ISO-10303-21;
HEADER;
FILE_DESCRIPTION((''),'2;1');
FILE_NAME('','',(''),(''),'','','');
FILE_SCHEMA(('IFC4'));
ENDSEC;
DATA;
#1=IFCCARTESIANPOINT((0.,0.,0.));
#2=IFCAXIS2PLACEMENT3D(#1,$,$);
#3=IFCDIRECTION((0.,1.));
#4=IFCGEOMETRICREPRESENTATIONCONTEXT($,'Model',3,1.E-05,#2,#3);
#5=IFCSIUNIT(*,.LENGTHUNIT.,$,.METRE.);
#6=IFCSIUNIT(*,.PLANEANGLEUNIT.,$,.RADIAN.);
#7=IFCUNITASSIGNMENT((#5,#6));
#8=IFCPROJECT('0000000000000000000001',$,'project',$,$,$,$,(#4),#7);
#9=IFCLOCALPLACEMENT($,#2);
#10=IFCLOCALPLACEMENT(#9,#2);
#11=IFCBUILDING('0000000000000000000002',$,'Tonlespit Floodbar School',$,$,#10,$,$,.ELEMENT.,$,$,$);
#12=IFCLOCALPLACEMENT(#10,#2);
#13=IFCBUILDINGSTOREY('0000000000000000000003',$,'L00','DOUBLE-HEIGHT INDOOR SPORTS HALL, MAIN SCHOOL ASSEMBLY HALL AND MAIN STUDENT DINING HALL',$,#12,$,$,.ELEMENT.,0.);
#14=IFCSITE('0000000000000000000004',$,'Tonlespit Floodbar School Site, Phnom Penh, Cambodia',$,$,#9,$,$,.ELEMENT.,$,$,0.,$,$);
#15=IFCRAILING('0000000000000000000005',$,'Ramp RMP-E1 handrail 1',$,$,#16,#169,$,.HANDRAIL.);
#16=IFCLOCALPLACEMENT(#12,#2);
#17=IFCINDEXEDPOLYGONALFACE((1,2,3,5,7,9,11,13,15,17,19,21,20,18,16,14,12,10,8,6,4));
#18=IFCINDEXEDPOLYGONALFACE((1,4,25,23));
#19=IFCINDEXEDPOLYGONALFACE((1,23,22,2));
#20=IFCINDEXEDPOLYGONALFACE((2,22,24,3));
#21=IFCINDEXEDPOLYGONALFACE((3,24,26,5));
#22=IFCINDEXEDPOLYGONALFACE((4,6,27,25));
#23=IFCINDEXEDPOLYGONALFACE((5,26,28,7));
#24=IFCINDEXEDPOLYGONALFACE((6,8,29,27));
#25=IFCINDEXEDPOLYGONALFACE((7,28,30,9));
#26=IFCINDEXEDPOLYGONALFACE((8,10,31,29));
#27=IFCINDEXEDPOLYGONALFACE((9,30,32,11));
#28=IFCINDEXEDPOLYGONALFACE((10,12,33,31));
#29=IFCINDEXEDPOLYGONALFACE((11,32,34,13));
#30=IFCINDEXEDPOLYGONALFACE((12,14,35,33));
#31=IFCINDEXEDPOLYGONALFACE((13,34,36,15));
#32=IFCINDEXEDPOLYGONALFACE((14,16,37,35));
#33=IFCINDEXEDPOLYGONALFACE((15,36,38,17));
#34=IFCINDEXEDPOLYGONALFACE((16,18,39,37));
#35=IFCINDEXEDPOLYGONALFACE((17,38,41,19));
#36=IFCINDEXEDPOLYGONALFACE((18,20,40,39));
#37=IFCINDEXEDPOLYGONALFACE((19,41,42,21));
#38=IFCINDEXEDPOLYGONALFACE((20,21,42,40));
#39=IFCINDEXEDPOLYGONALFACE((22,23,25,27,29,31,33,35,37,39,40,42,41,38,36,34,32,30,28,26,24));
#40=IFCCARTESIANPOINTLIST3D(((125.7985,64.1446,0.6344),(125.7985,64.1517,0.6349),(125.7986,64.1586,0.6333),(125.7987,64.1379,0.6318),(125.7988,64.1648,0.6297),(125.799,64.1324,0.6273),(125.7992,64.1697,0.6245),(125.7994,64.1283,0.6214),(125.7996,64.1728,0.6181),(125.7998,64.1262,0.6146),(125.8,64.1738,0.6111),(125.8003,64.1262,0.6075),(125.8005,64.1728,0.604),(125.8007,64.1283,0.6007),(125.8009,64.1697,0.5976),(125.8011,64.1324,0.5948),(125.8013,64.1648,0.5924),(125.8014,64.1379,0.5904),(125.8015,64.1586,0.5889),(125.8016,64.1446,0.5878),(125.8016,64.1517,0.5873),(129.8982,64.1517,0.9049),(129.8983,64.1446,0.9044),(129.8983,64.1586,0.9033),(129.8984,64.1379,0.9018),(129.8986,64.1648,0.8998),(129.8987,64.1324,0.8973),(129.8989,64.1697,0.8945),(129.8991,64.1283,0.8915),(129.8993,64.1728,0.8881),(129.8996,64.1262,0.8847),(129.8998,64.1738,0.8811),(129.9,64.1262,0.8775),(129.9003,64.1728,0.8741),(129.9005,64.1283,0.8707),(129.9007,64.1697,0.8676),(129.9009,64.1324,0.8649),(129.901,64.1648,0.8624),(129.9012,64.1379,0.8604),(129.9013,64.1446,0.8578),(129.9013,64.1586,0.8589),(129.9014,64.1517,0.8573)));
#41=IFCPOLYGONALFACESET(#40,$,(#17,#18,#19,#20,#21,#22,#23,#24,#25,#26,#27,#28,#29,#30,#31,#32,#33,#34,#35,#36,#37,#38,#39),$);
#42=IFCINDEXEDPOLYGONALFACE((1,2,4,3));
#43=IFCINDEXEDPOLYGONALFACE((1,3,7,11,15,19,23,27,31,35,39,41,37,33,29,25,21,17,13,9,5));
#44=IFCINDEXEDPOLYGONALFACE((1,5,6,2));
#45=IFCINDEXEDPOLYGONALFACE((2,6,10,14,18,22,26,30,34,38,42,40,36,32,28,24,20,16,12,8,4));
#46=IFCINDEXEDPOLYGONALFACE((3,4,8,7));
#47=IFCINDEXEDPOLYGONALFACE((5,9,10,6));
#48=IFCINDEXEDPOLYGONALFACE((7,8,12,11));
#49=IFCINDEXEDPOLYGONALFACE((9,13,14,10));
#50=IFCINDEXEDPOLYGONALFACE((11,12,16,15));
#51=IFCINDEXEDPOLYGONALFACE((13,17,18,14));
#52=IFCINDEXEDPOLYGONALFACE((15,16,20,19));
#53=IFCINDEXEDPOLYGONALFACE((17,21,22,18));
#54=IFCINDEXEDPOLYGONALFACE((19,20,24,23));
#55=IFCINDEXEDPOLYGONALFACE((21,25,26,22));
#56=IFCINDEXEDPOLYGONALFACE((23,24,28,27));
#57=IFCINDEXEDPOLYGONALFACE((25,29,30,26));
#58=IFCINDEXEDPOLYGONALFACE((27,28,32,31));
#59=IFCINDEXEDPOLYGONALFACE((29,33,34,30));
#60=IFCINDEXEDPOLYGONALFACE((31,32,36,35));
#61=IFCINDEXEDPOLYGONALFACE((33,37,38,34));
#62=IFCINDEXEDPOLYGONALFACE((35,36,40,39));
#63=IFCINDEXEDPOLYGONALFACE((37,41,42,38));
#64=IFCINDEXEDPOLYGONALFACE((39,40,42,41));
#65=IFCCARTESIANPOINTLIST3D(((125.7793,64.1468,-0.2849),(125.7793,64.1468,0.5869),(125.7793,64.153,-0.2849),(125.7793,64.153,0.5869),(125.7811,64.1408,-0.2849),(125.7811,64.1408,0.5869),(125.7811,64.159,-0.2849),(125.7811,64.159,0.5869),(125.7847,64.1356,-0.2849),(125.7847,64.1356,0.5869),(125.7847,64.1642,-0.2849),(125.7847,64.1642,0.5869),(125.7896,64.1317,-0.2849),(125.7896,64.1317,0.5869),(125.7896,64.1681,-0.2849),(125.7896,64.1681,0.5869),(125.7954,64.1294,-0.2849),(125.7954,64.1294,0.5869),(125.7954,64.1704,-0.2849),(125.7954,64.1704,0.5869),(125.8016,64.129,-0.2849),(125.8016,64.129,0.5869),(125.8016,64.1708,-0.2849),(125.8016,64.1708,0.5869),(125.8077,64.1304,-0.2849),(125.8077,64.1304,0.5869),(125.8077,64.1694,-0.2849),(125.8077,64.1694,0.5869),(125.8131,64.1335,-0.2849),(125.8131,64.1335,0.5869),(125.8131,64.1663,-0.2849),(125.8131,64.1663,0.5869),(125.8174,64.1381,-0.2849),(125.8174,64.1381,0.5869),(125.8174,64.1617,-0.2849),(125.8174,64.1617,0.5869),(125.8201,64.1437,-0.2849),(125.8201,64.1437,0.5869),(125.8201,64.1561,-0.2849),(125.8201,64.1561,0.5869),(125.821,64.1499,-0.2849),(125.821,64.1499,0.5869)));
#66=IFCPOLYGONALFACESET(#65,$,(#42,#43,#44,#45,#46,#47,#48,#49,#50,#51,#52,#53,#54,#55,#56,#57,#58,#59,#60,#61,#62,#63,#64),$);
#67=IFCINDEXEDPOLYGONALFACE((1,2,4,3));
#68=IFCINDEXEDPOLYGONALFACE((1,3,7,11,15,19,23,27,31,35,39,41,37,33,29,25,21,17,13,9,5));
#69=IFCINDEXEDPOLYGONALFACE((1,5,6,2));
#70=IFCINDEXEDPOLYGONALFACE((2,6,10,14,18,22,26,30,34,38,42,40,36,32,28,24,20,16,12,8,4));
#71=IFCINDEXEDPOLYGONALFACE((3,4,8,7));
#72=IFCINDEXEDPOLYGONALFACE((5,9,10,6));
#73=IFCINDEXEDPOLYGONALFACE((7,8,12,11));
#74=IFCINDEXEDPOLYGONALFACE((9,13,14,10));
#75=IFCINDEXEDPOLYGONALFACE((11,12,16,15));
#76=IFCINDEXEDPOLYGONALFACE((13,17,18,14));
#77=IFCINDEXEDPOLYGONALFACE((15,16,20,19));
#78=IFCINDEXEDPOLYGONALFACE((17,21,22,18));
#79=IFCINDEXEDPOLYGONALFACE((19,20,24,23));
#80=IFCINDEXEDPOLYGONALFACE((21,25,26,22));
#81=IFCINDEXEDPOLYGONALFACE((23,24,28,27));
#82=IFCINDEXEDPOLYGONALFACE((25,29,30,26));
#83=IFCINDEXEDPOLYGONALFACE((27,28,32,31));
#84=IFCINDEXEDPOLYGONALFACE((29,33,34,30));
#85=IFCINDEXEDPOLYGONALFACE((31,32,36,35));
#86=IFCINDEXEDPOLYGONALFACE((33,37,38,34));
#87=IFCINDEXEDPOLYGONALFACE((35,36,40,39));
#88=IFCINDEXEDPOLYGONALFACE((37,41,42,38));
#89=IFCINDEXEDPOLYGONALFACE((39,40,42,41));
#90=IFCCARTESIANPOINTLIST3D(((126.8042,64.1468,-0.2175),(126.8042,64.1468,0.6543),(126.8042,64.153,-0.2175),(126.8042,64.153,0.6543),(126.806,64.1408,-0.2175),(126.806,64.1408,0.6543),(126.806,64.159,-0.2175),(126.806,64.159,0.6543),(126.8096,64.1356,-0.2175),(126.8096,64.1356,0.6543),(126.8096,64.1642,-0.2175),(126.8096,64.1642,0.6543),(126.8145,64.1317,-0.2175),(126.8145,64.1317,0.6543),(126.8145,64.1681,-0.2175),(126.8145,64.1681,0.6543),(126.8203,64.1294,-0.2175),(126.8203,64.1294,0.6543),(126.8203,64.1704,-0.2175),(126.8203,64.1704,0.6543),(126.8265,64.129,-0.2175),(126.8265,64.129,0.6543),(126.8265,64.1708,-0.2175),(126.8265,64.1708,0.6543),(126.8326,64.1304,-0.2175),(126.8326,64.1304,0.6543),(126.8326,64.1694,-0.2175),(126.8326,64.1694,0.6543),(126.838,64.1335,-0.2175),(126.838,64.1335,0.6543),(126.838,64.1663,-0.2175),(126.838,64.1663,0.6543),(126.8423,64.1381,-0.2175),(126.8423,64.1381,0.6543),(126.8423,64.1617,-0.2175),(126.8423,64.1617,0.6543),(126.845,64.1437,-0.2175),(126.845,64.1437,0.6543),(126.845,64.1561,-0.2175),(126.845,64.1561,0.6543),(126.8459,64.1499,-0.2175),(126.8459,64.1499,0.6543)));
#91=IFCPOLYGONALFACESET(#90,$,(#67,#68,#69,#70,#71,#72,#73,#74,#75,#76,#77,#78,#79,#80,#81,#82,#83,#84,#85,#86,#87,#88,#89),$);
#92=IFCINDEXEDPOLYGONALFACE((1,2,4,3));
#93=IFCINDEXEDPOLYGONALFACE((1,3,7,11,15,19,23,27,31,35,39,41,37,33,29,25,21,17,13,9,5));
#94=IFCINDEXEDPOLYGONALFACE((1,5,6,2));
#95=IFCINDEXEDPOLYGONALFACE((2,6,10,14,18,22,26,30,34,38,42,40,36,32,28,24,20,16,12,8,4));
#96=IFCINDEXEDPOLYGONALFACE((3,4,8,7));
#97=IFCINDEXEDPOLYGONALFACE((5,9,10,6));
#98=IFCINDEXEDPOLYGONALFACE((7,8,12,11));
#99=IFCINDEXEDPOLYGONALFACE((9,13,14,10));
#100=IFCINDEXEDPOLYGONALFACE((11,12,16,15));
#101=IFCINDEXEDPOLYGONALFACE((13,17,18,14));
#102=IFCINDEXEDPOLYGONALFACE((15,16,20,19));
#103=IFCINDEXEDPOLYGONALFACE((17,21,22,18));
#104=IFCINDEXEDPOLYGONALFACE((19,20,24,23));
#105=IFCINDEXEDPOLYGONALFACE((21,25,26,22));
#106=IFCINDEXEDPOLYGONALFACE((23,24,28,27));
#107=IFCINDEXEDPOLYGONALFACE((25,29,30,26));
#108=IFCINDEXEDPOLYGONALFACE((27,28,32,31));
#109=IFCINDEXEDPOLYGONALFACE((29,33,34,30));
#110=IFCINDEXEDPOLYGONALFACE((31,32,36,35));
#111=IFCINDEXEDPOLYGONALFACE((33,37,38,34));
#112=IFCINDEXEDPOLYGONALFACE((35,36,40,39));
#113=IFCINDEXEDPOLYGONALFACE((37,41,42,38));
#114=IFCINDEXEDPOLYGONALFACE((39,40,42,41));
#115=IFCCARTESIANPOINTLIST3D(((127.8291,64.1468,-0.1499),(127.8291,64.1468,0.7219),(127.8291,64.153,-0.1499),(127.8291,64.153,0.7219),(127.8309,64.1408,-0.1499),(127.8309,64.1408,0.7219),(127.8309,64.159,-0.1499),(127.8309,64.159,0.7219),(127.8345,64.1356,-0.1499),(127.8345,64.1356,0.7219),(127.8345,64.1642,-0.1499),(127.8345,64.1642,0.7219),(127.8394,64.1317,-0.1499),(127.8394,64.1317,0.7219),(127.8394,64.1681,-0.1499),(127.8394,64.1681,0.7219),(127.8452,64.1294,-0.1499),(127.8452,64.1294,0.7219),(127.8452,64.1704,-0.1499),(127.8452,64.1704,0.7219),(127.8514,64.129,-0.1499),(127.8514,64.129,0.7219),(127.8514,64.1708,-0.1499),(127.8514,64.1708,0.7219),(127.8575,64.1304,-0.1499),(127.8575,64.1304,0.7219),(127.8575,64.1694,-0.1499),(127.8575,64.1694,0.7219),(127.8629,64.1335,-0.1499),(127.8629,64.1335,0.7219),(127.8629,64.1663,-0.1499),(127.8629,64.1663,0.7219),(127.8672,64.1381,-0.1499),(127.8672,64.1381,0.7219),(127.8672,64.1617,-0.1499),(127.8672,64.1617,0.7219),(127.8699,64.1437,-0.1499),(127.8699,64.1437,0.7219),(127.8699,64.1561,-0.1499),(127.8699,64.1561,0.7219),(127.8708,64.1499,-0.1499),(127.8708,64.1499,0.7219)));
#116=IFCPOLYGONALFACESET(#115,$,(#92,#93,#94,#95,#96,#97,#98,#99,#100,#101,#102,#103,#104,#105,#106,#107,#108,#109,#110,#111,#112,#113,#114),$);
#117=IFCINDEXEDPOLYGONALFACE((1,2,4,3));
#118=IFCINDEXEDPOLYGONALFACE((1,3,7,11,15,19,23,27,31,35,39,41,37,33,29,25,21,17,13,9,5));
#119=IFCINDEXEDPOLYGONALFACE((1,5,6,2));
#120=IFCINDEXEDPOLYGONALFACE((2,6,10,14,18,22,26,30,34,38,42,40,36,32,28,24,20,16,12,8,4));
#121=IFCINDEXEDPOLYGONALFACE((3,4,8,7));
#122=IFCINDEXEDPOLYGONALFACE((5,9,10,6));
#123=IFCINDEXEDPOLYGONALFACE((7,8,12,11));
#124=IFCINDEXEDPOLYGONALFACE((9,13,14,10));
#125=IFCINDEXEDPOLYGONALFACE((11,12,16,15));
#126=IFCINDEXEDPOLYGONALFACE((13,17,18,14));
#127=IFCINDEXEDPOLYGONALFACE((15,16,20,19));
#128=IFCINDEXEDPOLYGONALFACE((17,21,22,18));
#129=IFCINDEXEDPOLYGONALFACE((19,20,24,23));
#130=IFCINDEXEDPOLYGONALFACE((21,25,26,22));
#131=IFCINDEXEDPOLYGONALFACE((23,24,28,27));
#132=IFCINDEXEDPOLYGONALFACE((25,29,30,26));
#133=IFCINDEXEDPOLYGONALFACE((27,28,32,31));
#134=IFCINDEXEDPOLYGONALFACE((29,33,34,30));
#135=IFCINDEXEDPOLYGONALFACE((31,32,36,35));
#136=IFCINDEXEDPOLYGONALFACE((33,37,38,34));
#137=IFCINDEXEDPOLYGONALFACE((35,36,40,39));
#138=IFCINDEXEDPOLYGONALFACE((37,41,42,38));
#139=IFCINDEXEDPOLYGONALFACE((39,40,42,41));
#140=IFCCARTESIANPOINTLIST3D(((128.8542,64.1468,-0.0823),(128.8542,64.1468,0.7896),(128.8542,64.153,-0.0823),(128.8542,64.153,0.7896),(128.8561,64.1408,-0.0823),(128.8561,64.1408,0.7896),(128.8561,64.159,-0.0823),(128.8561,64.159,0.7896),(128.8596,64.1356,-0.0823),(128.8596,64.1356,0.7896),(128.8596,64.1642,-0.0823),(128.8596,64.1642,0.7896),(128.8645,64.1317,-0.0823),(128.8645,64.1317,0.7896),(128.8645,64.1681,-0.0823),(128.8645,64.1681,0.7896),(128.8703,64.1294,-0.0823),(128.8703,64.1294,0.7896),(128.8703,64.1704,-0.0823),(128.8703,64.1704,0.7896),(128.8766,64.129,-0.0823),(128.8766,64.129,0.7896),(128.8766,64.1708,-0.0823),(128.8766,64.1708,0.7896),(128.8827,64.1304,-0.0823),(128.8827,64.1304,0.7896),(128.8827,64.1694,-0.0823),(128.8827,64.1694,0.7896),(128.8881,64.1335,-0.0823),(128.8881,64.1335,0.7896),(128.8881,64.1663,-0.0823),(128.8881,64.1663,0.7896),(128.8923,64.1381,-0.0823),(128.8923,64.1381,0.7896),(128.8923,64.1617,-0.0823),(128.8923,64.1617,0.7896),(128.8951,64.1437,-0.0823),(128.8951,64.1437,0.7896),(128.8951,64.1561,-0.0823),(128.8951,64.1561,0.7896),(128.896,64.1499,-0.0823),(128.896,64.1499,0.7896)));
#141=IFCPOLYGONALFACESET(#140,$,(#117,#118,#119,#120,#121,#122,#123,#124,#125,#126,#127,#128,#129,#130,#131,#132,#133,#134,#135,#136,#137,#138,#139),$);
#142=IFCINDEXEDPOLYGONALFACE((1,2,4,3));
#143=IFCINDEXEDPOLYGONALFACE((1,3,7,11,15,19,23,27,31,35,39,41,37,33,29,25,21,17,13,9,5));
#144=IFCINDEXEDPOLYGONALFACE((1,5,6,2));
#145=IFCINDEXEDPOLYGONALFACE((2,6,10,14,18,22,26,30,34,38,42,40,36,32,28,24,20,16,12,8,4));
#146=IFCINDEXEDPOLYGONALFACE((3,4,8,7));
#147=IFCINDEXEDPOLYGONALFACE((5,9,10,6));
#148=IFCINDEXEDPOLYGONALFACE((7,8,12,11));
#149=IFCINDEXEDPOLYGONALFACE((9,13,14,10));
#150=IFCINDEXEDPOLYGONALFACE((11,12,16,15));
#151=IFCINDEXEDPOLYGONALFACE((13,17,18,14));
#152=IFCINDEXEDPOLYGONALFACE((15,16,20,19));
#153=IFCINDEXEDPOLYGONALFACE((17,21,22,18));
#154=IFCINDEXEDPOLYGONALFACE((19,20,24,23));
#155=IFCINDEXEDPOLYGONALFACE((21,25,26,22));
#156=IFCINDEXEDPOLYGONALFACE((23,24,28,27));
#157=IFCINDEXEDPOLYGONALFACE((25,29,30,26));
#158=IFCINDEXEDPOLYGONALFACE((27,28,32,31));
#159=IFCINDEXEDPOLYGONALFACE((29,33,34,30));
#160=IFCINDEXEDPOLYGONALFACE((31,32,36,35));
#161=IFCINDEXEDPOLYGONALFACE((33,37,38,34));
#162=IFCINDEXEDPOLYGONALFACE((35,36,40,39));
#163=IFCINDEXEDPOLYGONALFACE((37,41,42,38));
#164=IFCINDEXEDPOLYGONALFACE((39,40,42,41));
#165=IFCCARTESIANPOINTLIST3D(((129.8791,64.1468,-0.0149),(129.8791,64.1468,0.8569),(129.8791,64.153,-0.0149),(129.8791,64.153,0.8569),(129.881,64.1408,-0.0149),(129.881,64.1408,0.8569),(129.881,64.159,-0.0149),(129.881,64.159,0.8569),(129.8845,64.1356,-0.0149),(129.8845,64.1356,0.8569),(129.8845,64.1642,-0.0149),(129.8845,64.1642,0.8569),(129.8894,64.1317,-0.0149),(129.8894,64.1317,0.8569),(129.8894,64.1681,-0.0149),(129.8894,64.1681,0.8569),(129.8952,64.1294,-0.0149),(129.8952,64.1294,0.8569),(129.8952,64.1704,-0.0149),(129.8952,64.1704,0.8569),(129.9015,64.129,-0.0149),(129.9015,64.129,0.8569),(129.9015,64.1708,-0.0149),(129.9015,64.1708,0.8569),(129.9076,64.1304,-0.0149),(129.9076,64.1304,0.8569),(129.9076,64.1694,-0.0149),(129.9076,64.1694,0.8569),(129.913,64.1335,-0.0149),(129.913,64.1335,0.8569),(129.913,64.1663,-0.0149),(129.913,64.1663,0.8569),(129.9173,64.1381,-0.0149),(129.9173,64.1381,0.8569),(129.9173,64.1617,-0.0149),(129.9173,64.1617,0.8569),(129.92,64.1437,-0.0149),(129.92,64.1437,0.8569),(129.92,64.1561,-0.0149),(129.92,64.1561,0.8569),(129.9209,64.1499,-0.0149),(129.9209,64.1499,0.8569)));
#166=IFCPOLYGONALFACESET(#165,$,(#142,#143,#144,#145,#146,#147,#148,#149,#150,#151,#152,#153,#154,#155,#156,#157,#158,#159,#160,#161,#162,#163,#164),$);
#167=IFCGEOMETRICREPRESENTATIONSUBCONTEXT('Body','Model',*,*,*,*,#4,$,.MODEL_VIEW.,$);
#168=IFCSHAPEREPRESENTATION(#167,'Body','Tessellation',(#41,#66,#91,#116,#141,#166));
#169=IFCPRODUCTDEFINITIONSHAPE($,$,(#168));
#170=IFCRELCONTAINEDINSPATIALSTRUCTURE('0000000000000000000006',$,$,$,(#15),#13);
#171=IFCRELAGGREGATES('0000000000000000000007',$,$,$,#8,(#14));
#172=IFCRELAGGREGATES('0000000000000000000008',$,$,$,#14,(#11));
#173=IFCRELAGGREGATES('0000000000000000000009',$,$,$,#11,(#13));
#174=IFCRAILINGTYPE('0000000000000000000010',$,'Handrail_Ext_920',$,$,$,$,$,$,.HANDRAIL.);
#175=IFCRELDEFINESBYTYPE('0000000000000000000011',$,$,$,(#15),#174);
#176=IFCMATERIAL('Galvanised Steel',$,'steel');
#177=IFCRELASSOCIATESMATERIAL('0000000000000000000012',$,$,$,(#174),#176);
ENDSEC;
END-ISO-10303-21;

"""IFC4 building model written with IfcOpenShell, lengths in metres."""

from ifc_helpers import new_model, si_unit, direction, frame, origin, origin_2d, place, context, subcontext, project, spatial, circle, extrude, material, type_object, element, save


model = new_model("IFC4")

# Units and contexts
model_context = context("Model", 3, precision=1e-05, world=origin(), true_north=direction((0.0, 1.0)))
body_context = subcontext(model_context, "Body", "Model", "MODEL_VIEW")
ifc_project = project(units=[si_unit("LENGTHUNIT", "METRE"), si_unit("PLANEANGLEUNIT", "RADIAN")], contexts=[model_context])

# Site, building, storey
site_placement = place(None, origin())
site = spatial("IfcSite", under=ifc_project, at=site_placement, Name="Tonlespit Floodbar School Site, Phnom Penh, Cambodia", CompositionType="ELEMENT", RefElevation=0.0)
building_placement = place(site_placement, origin())
building = spatial("IfcBuilding", under=site, at=building_placement, Name="Tonlespit Floodbar School", CompositionType="ELEMENT")
storey_placement = place(building_placement, origin())
storey = spatial("IfcBuildingStorey", under=building, at=storey_placement, Name="L00", Description="DOUBLE-HEIGHT INDOOR SPORTS HALL, MAIN SCHOOL ASSEMBLY HALL AND MAIN STUDENT DINING HALL", CompositionType="ELEMENT", Elevation=0.0)

# Railing
ifc_material_1 = material(Name="Galvanised Steel", Category="steel")
railing_type = type_object("IfcRailingType", Name="Handrail_Ext_920", PredefinedType="HANDRAIL", material=ifc_material_1)
for number, where, name in (
    (1, (125.8, 64.1499, -0.2849), "Ramp RMP-E1 handrail 1"),
):
    element("IfcRailing", number, at=place(storey_placement, frame(where)), inside=storey, type_object=railing_type, Name=name, PredefinedType="HANDRAIL", context=body_context, shape_type="SweptSolid", body=[
        extrude(circle(Radius=0.0239, at=origin_2d()), frame((0.0, 0.0, 0.896), z_axis=(0.997838, 0.0, 0.065718), x_axis=(0.0, 1.0, 0.0)), (0.0, 0.0, 1.0), 4.1086),
        extrude(circle(Radius=0.021, at=origin_2d()), origin(), (0.0, 0.0, 1.0), 0.8718),
        extrude(circle(Radius=0.021, at=origin_2d()), frame((1.0249, 0.0, 0.0674)), (0.0, 0.0, 1.0), 0.8718),
        extrude(circle(Radius=0.021, at=origin_2d()), frame((2.0498, 0.0, 0.135)), (0.0, 0.0, 1.0), 0.8718),
        extrude(circle(Radius=0.021, at=origin_2d()), frame((3.075, 0.0, 0.2026)), (0.0, 0.0, 1.0), 0.8718),
        extrude(circle(Radius=0.021, at=origin_2d()), frame((4.0999, 0.0, 0.27)), (0.0, 0.0, 1.0), 0.8718),
    ])

save(model, "model.ifc")
